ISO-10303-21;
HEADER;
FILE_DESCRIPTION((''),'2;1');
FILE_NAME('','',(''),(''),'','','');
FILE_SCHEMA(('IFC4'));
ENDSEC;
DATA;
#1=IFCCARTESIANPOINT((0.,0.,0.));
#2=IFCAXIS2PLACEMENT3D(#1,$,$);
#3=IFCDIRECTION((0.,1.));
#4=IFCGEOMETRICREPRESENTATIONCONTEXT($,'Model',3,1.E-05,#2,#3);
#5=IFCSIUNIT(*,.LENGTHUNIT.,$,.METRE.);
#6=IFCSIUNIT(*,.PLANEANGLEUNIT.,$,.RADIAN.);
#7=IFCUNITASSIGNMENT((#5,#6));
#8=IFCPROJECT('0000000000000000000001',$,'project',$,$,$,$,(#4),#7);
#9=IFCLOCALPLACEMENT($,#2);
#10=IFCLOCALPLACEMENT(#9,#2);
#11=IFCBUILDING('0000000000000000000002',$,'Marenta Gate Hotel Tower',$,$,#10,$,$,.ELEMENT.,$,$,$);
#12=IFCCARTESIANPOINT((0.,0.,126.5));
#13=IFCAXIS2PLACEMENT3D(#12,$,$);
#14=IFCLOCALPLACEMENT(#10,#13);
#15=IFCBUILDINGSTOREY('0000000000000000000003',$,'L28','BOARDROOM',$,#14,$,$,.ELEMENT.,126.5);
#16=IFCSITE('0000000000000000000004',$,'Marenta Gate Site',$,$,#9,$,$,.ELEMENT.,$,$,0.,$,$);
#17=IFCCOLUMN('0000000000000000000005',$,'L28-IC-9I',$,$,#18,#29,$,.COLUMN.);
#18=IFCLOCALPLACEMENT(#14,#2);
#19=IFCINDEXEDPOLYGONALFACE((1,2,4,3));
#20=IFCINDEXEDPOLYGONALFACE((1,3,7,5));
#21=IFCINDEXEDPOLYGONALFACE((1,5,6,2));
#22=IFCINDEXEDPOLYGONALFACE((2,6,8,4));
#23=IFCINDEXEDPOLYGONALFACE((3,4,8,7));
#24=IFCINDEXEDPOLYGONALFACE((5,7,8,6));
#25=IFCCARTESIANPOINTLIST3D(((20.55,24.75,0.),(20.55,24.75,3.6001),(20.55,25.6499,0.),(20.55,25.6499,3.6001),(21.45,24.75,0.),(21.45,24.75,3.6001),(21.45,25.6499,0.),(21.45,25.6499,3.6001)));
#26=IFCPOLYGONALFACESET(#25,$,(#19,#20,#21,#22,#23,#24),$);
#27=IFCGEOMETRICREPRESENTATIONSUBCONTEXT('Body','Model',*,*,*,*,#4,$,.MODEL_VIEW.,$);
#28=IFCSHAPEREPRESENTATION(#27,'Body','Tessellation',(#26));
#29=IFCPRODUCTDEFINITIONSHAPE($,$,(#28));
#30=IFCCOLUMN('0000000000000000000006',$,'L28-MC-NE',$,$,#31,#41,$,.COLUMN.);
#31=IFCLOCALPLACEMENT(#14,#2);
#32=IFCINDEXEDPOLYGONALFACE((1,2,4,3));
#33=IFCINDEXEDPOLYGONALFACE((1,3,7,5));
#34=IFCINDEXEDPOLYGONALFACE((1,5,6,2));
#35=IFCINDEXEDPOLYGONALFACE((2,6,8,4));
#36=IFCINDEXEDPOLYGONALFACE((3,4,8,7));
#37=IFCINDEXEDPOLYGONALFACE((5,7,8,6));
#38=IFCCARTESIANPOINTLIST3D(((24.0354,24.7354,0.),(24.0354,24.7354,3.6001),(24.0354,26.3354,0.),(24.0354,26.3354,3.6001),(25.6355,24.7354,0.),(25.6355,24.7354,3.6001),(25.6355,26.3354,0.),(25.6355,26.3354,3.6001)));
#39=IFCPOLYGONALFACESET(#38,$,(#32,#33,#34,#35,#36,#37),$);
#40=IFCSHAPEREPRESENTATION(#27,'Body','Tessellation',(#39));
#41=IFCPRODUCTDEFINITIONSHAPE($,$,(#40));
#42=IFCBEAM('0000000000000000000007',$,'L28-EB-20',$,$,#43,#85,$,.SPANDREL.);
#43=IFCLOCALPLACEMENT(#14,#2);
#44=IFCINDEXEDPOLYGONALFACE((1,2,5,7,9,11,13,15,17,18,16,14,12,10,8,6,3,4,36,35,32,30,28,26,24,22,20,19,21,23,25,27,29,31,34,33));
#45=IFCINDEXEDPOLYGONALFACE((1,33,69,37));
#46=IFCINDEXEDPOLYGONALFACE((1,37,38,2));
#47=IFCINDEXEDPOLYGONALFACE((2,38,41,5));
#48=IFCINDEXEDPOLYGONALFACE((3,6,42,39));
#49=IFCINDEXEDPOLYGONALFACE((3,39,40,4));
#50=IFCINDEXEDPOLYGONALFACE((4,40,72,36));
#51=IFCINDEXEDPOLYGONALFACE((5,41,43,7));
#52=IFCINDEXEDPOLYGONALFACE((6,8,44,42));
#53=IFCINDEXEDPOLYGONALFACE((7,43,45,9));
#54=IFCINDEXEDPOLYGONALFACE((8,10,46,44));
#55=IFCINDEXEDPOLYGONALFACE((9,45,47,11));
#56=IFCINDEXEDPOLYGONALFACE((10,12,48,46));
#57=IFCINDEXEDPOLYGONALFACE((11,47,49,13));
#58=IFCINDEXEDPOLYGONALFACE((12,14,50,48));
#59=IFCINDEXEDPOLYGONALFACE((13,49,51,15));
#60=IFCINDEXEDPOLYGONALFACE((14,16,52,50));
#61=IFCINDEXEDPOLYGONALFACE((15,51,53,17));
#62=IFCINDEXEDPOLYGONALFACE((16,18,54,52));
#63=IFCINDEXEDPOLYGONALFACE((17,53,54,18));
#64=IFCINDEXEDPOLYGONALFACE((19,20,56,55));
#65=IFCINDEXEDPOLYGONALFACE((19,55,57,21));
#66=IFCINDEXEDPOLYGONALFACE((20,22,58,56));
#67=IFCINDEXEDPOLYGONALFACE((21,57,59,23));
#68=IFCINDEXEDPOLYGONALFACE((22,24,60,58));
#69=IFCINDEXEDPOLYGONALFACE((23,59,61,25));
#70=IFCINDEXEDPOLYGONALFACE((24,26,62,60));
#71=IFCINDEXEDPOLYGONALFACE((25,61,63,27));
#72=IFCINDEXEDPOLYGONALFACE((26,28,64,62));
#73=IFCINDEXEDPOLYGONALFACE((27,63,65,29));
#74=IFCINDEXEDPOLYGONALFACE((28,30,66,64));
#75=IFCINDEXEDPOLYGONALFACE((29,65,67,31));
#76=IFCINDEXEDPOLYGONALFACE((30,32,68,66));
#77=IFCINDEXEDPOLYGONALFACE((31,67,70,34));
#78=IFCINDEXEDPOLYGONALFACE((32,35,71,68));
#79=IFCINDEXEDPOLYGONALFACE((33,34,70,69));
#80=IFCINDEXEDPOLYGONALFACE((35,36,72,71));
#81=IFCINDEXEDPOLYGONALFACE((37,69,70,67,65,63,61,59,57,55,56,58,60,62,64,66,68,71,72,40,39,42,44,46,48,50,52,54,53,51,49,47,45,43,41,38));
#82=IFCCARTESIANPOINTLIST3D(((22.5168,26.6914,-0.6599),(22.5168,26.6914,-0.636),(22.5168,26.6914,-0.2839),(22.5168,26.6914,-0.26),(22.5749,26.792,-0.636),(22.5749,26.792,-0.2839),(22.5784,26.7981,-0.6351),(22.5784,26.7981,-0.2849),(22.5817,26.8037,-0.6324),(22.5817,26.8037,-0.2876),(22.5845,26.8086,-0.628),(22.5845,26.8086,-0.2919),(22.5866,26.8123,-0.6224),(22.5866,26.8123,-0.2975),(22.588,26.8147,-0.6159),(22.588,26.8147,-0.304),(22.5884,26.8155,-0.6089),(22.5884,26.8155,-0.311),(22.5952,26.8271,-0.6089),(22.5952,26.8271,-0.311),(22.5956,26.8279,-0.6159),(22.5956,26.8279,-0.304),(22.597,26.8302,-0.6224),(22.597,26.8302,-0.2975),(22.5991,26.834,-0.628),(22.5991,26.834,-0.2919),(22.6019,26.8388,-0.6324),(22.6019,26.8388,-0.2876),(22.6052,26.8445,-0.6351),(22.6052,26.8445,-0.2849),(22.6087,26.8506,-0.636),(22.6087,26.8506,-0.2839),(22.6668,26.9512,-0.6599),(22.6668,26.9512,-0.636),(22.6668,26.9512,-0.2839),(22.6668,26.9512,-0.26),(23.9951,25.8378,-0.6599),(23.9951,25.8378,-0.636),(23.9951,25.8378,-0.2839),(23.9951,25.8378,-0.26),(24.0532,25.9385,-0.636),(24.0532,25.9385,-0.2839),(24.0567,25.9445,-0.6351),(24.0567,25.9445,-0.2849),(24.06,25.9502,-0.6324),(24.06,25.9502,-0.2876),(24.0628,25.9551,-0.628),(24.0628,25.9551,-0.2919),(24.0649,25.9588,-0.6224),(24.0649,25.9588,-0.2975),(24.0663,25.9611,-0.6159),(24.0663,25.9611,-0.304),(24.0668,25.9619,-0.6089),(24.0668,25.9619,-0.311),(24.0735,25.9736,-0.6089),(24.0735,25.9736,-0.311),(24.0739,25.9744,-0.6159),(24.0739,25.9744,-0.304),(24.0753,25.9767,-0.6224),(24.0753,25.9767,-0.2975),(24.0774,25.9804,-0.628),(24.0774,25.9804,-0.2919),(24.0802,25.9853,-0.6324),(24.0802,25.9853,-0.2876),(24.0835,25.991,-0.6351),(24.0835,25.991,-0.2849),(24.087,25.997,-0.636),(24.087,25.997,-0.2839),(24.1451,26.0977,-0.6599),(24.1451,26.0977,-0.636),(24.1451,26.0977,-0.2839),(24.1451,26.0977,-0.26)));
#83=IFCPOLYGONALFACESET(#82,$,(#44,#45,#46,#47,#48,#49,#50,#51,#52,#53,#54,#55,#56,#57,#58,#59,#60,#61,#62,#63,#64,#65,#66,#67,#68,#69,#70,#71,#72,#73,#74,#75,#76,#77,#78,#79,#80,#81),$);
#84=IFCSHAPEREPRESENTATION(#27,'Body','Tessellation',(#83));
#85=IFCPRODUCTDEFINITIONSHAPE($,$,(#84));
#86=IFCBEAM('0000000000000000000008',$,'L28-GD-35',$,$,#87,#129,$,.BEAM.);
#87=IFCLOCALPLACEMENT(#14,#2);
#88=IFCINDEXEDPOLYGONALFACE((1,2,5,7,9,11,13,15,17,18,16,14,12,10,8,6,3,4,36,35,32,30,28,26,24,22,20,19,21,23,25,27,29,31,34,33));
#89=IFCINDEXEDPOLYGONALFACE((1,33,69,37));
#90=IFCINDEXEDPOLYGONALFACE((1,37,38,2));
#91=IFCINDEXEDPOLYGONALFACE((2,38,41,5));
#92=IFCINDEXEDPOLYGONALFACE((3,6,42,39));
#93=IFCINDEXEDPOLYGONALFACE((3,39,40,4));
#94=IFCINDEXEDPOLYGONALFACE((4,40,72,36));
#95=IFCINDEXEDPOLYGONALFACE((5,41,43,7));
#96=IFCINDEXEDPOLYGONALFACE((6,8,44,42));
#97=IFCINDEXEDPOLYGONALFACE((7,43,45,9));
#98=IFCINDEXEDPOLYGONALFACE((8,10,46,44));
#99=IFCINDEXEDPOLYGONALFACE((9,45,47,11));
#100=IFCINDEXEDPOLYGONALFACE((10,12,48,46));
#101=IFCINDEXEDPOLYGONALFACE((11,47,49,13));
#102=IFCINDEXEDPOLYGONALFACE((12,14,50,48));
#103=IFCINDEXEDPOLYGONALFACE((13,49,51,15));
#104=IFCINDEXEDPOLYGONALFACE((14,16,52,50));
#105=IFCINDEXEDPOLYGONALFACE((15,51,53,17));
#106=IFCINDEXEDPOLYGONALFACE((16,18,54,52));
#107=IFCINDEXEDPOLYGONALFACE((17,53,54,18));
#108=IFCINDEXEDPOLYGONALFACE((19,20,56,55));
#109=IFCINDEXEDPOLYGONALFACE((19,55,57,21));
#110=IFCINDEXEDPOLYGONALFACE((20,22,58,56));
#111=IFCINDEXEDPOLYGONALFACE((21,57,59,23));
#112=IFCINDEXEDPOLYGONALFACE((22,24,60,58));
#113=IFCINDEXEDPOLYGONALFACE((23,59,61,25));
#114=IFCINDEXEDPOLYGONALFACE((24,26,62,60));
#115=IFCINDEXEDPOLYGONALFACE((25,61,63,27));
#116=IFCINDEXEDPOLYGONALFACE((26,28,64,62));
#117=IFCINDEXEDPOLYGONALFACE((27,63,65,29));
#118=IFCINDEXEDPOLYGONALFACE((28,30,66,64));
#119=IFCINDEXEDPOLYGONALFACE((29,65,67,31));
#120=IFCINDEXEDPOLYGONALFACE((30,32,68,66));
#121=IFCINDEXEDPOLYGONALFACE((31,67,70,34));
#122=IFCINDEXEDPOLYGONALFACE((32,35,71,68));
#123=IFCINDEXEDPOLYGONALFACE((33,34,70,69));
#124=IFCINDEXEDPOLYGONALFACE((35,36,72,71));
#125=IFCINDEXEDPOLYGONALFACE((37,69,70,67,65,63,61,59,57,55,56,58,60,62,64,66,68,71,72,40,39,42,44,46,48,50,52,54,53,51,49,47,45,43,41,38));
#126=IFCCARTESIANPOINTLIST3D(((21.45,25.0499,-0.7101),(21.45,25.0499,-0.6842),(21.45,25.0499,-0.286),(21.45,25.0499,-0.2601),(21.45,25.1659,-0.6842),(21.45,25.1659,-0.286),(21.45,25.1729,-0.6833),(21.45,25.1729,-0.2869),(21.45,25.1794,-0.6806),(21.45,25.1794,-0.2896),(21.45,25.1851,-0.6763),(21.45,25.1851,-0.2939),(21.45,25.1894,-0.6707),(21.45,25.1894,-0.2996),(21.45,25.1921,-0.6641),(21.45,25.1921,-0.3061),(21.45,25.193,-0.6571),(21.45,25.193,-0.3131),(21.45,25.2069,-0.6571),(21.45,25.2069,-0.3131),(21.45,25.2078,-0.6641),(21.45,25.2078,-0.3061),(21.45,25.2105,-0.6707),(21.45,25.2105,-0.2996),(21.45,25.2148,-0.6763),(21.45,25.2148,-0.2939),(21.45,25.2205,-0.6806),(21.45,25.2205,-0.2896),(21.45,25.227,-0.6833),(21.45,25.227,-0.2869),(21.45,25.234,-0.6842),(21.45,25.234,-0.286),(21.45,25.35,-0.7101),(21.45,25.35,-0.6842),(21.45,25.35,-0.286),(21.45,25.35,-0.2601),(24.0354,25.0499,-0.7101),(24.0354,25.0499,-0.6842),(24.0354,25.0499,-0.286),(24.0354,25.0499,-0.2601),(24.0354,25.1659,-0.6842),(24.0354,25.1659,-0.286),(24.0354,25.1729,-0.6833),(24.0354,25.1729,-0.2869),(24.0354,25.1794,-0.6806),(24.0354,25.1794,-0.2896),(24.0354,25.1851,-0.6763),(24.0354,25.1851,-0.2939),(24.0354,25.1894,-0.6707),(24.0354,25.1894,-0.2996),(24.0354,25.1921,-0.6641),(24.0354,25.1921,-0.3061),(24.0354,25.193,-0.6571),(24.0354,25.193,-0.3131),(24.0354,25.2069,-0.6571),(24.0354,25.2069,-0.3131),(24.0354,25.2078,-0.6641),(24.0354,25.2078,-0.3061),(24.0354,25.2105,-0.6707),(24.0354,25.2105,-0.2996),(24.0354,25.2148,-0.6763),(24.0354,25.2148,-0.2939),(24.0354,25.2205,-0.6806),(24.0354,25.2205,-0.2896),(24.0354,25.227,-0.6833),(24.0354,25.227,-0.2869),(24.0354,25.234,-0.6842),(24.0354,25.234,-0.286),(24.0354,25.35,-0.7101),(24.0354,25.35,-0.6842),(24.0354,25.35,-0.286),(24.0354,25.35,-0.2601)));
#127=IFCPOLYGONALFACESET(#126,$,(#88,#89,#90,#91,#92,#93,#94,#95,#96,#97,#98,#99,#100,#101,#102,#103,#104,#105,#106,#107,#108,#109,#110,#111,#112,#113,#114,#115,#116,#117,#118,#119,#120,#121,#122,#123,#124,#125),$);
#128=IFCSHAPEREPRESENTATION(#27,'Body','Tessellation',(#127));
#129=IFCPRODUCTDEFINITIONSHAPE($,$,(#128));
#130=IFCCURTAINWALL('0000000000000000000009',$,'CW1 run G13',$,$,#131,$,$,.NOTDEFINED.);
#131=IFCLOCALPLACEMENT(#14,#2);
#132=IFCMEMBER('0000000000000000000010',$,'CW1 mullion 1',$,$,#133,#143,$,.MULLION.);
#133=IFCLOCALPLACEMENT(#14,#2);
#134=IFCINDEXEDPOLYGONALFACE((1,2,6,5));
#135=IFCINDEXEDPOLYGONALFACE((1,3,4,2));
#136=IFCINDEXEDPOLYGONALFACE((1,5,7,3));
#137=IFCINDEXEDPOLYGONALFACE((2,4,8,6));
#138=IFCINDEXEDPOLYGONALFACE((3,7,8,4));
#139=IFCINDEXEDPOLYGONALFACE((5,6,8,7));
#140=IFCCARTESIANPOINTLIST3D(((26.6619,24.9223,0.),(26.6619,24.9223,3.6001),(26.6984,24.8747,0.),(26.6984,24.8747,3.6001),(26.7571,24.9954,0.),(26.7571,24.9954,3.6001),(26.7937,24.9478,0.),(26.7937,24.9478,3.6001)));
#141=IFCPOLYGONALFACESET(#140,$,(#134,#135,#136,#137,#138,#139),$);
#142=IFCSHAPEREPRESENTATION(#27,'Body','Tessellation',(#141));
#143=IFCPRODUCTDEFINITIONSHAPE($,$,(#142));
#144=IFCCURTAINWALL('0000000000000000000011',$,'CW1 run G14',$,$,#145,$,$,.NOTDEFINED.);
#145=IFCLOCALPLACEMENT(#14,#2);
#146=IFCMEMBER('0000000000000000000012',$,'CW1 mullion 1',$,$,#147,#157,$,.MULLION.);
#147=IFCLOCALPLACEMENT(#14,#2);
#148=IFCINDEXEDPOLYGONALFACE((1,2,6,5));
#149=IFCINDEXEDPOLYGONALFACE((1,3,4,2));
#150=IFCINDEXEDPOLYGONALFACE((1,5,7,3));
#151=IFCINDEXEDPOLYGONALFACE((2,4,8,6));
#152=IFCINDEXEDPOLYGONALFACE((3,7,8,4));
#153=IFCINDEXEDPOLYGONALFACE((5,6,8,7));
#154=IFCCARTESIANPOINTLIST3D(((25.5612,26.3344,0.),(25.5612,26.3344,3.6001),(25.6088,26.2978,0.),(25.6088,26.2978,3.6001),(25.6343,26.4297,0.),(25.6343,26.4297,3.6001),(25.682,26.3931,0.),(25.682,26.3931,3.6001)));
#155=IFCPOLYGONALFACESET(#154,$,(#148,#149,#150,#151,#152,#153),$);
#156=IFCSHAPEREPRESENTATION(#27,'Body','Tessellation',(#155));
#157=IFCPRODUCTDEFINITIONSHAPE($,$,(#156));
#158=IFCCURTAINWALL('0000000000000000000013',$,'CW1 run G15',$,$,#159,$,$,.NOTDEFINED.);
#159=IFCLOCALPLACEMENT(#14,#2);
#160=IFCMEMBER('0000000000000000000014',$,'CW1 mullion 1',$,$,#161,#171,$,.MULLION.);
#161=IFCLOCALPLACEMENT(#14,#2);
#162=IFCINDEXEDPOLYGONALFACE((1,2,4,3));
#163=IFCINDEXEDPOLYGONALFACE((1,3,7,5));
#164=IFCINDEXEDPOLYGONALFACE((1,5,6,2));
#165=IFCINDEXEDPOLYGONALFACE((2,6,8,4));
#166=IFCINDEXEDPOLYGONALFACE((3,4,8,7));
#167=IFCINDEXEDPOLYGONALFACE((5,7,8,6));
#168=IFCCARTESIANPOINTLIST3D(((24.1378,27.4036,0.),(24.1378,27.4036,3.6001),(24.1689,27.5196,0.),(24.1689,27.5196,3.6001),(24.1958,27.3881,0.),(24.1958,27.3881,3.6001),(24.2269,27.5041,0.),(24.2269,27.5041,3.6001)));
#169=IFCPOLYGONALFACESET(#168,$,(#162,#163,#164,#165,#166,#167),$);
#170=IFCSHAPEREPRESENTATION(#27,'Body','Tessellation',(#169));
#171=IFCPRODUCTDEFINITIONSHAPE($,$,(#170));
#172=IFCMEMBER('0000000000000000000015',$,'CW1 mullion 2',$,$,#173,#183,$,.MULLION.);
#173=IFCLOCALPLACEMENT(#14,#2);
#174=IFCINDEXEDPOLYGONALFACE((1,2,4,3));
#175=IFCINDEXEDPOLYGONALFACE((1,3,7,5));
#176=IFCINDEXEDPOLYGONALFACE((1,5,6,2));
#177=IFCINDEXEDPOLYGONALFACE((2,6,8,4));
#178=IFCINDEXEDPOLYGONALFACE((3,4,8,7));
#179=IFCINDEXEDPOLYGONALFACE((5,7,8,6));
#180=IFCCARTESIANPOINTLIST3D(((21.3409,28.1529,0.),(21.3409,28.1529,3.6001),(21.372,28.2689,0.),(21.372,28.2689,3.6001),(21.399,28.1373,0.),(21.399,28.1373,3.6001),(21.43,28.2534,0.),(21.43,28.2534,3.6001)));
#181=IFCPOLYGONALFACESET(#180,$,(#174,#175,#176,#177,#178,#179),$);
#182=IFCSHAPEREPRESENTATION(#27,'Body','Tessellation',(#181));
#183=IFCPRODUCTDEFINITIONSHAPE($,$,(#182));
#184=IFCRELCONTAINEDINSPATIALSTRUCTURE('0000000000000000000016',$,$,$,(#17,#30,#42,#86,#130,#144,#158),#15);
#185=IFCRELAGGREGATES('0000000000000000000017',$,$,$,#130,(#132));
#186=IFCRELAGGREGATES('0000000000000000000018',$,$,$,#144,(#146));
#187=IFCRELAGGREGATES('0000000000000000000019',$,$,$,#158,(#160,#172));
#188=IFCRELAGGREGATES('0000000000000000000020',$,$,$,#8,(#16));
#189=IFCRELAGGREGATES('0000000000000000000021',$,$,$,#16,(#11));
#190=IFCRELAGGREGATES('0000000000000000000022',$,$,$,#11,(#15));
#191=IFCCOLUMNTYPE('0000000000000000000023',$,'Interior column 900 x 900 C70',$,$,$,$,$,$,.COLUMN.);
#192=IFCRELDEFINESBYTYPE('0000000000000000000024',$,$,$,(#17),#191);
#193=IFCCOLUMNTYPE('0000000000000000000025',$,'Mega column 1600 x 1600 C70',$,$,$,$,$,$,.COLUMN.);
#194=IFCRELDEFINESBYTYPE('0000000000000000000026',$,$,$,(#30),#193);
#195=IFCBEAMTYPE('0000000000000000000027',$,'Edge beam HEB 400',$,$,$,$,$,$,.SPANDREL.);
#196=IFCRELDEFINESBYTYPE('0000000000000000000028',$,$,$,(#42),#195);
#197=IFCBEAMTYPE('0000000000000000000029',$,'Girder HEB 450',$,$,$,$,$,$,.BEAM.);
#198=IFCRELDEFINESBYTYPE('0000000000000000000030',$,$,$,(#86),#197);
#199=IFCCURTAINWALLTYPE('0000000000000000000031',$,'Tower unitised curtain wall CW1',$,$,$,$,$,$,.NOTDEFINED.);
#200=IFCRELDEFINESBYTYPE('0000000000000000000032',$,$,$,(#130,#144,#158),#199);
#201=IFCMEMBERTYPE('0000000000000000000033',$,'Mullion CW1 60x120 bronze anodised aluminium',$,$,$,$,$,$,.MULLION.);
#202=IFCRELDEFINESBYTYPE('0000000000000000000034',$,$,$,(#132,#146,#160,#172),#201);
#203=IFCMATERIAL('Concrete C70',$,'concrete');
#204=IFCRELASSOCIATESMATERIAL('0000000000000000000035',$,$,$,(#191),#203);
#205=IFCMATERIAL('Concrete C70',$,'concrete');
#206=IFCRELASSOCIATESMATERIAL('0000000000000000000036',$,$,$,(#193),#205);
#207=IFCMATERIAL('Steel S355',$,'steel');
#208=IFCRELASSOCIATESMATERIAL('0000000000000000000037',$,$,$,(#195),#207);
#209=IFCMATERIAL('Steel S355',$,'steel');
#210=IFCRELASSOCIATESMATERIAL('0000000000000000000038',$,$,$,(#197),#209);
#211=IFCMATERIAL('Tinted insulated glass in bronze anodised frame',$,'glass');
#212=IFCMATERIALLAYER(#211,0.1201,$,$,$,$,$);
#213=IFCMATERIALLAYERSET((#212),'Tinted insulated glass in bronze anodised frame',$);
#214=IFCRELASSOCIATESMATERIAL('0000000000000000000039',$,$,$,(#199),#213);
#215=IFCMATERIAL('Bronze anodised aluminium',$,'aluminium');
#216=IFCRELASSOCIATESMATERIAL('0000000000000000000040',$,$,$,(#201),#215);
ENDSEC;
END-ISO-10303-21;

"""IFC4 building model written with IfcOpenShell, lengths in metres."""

from ifc_helpers import new_model, si_unit, direction, frame, origin, origin_2d, place, context, subcontext, project, spatial, rectangle, i_section, extrude, material, layer, layer_set, material_profile, profile_set, type_object, element, aggregate, save


model = new_model("IFC4")

# Units and contexts
model_context = context("Model", 3, precision=1e-05, world=origin(), true_north=direction((0.0, 1.0)))
body_context = subcontext(model_context, "Body", "Model", "MODEL_VIEW")
ifc_project = project(units=[si_unit("LENGTHUNIT", "METRE"), si_unit("PLANEANGLEUNIT", "RADIAN")], contexts=[model_context])

# Site, building, storey
site_placement = place(None, origin())
site = spatial("IfcSite", under=ifc_project, at=site_placement, Name="Marenta Gate Site", CompositionType="ELEMENT", RefElevation=0.0)
building_placement = place(site_placement, origin())
building = spatial("IfcBuilding", under=site, at=building_placement, Name="Marenta Gate Hotel Tower", CompositionType="ELEMENT")
storey_placement = place(building_placement, frame((0.0, 0.0, 126.5)))
storey = spatial("IfcBuildingStorey", under=building, at=storey_placement, Name="L28", Description="BOARDROOM", CompositionType="ELEMENT", Elevation=126.5)

# Columns
ifc_material_1 = material(Name="Concrete C70", Category="concrete")
ifc_material_profile_1 = material_profile(ifc_material_1, rectangle(XDim=0.8999, YDim=0.8999, at=origin_2d()), Name="900 x 900")
ifc_profile_set_1 = profile_set([ifc_material_profile_1], Name="Concrete C70")
column_type_1 = type_object("IfcColumnType", Name="Interior column 900 x 900 C70", PredefinedType="COLUMN", material=ifc_profile_set_1)
column_1_placement = place(storey_placement, frame((21.0, 25.2, 0.0), z_axis=(0.0, 0.0, 1.0), x_axis=(1.0, 0.0, 0.0)))
element("IfcColumn", 1, at=column_1_placement, inside=storey, type_object=column_type_1, Name="L28-IC-9I", PredefinedType="COLUMN", context=body_context, shape_type="SweptSolid", body=[
    extrude(rectangle(XDim=0.8999, YDim=0.8999, at=origin_2d()), origin(), (0.0, 0.0, 1.0), 3.6001),
])
ifc_material_2 = material(Name="Concrete C70", Category="concrete")
ifc_material_profile_2 = material_profile(ifc_material_2, rectangle(XDim=1.6001, YDim=1.6001, at=origin_2d()), Name="1600 x 1600")
ifc_profile_set_2 = profile_set([ifc_material_profile_2], Name="Concrete C70")
column_type_2 = type_object("IfcColumnType", Name="Mega column 1600 x 1600 C70", PredefinedType="COLUMN", material=ifc_profile_set_2)
column_2_placement = place(storey_placement, frame((24.8354, 25.5354, 0.0), z_axis=(0.0, 0.0, 1.0), x_axis=(1.0, 0.0, 0.0)))
element("IfcColumn", 2, at=column_2_placement, inside=storey, type_object=column_type_2, Name="L28-MC-NE", PredefinedType="COLUMN", context=body_context, shape_type="SweptSolid", body=[
    extrude(rectangle(XDim=1.6001, YDim=1.6001, at=origin_2d()), origin(), (0.0, 0.0, 1.0), 3.6001),
])

# Beams
ifc_material_3 = material(Name="Steel S355", Category="steel")
ifc_material_profile_3 = material_profile(ifc_material_3, i_section(OverallWidth=0.3, OverallDepth=0.3999, WebThickness=0.0134, FlangeThickness=0.0239, FilletRadius=0.0271, at=origin_2d()), Name="HEB 400")
ifc_profile_set_3 = profile_set([ifc_material_profile_3], Name="Steel S355")
beam_type_1 = type_object("IfcBeamType", Name="Edge beam HEB 400", PredefinedType="SPANDREL", material=ifc_profile_set_3)
beam_1_placement = place(storey_placement, frame((22.5918, 26.8213, -0.46), z_axis=(0.866016, -0.500015, 0.0), x_axis=(0.500015, 0.866016, 0.0)))
element("IfcBeam", 3, at=beam_1_placement, inside=storey, type_object=beam_type_1, Name="L28-EB-20", PredefinedType="SPANDREL", context=body_context, shape_type="SweptSolid", body=[
    extrude(i_section(OverallWidth=0.3, OverallDepth=0.3999, WebThickness=0.0134, FlangeThickness=0.0239, FilletRadius=0.0271, at=origin_2d()), origin(), (0.0, 0.0, 1.0), 1.707),
])
ifc_material_4 = material(Name="Steel S355", Category="steel")
ifc_material_profile_4 = material_profile(ifc_material_4, i_section(OverallWidth=0.3, OverallDepth=0.45, WebThickness=0.0139, FlangeThickness=0.0259, FilletRadius=0.0271, at=origin_2d()), Name="HEB 450")
ifc_profile_set_4 = profile_set([ifc_material_profile_4], Name="Steel S355")
beam_type_2 = type_object("IfcBeamType", Name="Girder HEB 450", PredefinedType="BEAM", material=ifc_profile_set_4)
beam_2_placement = place(storey_placement, frame((21.45, 25.2, -0.4851), z_axis=(1.0, 0.0, 0.0), x_axis=(0.0, 1.0, 0.0)))
element("IfcBeam", 4, at=beam_2_placement, inside=storey, type_object=beam_type_2, Name="L28-GD-35", PredefinedType="BEAM", context=body_context, shape_type="SweptSolid", body=[
    extrude(i_section(OverallWidth=0.3, OverallDepth=0.45, WebThickness=0.0139, FlangeThickness=0.0259, FilletRadius=0.0271, at=origin_2d()), origin(), (0.0, 0.0, 1.0), 2.5854),
])

# Curtain walls, members
ifc_material_5 = material(Name="Tinted insulated glass in bronze anodised frame", Category="glass")
ifc_layer_1 = layer(ifc_material_5, 0.1201)
ifc_layer_set_1 = layer_set([ifc_layer_1], Name="Tinted insulated glass in bronze anodised frame")
curtain_wall_type = type_object("IfcCurtainWallType", Name="Tower unitised curtain wall CW1", PredefinedType="NOTDEFINED", material=ifc_layer_set_1)
curtain_wall_1_placement = place(storey_placement, origin())
curtain_wall_1 = element("IfcCurtainWall", 5, at=curtain_wall_1_placement, inside=storey, type_object=curtain_wall_type, Name="CW1 run G13", PredefinedType="NOTDEFINED")
ifc_material_6 = material(Name="Bronze anodised aluminium", Category="aluminium")
ifc_material_profile_5 = material_profile(ifc_material_6, rectangle(XDim=0.1201, YDim=0.0601, at=origin_2d()), Name="Mullion CW1 60x120 bronze anodised aluminium")
ifc_profile_set_5 = profile_set([ifc_material_profile_5], Name="Bronze anodised aluminium")
member_type_1 = type_object("IfcMemberType", Name="Mullion CW1 60x120 bronze anodised aluminium", PredefinedType="MULLION", material=ifc_profile_set_5)
member_1_placement = place(storey_placement, frame((26.7278, 24.9351, 0.0), z_axis=(0.0, 0.0, 1.0), x_axis=(-0.793327, -0.608796, 0.0)))
member_1 = element("IfcMember", 6, at=member_1_placement, type_object=member_type_1, Name="CW1 mullion 1", PredefinedType="MULLION", context=body_context, shape_type="SweptSolid", body=[
    extrude(rectangle(XDim=0.1201, YDim=0.0601, at=origin_2d()), origin(), (0.0, 0.0, 1.0), 3.6001),
])
curtain_wall_2_placement = place(storey_placement, origin())
curtain_wall_2 = element("IfcCurtainWall", 7, at=curtain_wall_2_placement, inside=storey, type_object=curtain_wall_type, Name="CW1 run G14", PredefinedType="NOTDEFINED")
member_2_placement = place(storey_placement, frame((25.6216, 26.3638, 0.0), z_axis=(0.0, 0.0, 1.0), x_axis=(-0.608796, -0.793327, 0.0)))
member_2 = element("IfcMember", 8, at=member_2_placement, type_object=member_type_1, Name="CW1 mullion 1", PredefinedType="MULLION", context=body_context, shape_type="SweptSolid", body=[
    extrude(rectangle(XDim=0.1201, YDim=0.0601, at=origin_2d()), origin(), (0.0, 0.0, 1.0), 3.6001),
])

# Curtain wall, members
curtain_wall_3_placement = place(storey_placement, origin())
curtain_wall_3 = element("IfcCurtainWall", 9, at=curtain_wall_3_placement, inside=storey, type_object=curtain_wall_type, Name="CW1 run G15", PredefinedType="NOTDEFINED")
member_3_placement = place(storey_placement, frame((24.1824, 27.4539, 0.0), z_axis=(0.0, 0.0, 1.0), x_axis=(-0.258806, -0.965929, 0.0)))
member_3 = element("IfcMember", 10, at=member_3_placement, type_object=member_type_1, Name="CW1 mullion 1", PredefinedType="MULLION", context=body_context, shape_type="SweptSolid", body=[
    extrude(rectangle(XDim=0.1201, YDim=0.0601, at=origin_2d()), origin(), (0.0, 0.0, 1.0), 3.6001),
])
member_4_placement = place(storey_placement, frame((21.3855, 28.2031, 0.0), z_axis=(0.0, 0.0, 1.0), x_axis=(-0.258806, -0.965929, 0.0)))
member_4 = element("IfcMember", 11, at=member_4_placement, type_object=member_type_1, Name="CW1 mullion 2", PredefinedType="MULLION", context=body_context, shape_type="SweptSolid", body=[
    extrude(rectangle(XDim=0.1201, YDim=0.0601, at=origin_2d()), origin(), (0.0, 0.0, 1.0), 3.6001),
])

aggregate(curtain_wall_1, [member_1])
aggregate(curtain_wall_2, [member_2])
aggregate(curtain_wall_3, [member_3, member_4])

save(model, "model.ifc")
